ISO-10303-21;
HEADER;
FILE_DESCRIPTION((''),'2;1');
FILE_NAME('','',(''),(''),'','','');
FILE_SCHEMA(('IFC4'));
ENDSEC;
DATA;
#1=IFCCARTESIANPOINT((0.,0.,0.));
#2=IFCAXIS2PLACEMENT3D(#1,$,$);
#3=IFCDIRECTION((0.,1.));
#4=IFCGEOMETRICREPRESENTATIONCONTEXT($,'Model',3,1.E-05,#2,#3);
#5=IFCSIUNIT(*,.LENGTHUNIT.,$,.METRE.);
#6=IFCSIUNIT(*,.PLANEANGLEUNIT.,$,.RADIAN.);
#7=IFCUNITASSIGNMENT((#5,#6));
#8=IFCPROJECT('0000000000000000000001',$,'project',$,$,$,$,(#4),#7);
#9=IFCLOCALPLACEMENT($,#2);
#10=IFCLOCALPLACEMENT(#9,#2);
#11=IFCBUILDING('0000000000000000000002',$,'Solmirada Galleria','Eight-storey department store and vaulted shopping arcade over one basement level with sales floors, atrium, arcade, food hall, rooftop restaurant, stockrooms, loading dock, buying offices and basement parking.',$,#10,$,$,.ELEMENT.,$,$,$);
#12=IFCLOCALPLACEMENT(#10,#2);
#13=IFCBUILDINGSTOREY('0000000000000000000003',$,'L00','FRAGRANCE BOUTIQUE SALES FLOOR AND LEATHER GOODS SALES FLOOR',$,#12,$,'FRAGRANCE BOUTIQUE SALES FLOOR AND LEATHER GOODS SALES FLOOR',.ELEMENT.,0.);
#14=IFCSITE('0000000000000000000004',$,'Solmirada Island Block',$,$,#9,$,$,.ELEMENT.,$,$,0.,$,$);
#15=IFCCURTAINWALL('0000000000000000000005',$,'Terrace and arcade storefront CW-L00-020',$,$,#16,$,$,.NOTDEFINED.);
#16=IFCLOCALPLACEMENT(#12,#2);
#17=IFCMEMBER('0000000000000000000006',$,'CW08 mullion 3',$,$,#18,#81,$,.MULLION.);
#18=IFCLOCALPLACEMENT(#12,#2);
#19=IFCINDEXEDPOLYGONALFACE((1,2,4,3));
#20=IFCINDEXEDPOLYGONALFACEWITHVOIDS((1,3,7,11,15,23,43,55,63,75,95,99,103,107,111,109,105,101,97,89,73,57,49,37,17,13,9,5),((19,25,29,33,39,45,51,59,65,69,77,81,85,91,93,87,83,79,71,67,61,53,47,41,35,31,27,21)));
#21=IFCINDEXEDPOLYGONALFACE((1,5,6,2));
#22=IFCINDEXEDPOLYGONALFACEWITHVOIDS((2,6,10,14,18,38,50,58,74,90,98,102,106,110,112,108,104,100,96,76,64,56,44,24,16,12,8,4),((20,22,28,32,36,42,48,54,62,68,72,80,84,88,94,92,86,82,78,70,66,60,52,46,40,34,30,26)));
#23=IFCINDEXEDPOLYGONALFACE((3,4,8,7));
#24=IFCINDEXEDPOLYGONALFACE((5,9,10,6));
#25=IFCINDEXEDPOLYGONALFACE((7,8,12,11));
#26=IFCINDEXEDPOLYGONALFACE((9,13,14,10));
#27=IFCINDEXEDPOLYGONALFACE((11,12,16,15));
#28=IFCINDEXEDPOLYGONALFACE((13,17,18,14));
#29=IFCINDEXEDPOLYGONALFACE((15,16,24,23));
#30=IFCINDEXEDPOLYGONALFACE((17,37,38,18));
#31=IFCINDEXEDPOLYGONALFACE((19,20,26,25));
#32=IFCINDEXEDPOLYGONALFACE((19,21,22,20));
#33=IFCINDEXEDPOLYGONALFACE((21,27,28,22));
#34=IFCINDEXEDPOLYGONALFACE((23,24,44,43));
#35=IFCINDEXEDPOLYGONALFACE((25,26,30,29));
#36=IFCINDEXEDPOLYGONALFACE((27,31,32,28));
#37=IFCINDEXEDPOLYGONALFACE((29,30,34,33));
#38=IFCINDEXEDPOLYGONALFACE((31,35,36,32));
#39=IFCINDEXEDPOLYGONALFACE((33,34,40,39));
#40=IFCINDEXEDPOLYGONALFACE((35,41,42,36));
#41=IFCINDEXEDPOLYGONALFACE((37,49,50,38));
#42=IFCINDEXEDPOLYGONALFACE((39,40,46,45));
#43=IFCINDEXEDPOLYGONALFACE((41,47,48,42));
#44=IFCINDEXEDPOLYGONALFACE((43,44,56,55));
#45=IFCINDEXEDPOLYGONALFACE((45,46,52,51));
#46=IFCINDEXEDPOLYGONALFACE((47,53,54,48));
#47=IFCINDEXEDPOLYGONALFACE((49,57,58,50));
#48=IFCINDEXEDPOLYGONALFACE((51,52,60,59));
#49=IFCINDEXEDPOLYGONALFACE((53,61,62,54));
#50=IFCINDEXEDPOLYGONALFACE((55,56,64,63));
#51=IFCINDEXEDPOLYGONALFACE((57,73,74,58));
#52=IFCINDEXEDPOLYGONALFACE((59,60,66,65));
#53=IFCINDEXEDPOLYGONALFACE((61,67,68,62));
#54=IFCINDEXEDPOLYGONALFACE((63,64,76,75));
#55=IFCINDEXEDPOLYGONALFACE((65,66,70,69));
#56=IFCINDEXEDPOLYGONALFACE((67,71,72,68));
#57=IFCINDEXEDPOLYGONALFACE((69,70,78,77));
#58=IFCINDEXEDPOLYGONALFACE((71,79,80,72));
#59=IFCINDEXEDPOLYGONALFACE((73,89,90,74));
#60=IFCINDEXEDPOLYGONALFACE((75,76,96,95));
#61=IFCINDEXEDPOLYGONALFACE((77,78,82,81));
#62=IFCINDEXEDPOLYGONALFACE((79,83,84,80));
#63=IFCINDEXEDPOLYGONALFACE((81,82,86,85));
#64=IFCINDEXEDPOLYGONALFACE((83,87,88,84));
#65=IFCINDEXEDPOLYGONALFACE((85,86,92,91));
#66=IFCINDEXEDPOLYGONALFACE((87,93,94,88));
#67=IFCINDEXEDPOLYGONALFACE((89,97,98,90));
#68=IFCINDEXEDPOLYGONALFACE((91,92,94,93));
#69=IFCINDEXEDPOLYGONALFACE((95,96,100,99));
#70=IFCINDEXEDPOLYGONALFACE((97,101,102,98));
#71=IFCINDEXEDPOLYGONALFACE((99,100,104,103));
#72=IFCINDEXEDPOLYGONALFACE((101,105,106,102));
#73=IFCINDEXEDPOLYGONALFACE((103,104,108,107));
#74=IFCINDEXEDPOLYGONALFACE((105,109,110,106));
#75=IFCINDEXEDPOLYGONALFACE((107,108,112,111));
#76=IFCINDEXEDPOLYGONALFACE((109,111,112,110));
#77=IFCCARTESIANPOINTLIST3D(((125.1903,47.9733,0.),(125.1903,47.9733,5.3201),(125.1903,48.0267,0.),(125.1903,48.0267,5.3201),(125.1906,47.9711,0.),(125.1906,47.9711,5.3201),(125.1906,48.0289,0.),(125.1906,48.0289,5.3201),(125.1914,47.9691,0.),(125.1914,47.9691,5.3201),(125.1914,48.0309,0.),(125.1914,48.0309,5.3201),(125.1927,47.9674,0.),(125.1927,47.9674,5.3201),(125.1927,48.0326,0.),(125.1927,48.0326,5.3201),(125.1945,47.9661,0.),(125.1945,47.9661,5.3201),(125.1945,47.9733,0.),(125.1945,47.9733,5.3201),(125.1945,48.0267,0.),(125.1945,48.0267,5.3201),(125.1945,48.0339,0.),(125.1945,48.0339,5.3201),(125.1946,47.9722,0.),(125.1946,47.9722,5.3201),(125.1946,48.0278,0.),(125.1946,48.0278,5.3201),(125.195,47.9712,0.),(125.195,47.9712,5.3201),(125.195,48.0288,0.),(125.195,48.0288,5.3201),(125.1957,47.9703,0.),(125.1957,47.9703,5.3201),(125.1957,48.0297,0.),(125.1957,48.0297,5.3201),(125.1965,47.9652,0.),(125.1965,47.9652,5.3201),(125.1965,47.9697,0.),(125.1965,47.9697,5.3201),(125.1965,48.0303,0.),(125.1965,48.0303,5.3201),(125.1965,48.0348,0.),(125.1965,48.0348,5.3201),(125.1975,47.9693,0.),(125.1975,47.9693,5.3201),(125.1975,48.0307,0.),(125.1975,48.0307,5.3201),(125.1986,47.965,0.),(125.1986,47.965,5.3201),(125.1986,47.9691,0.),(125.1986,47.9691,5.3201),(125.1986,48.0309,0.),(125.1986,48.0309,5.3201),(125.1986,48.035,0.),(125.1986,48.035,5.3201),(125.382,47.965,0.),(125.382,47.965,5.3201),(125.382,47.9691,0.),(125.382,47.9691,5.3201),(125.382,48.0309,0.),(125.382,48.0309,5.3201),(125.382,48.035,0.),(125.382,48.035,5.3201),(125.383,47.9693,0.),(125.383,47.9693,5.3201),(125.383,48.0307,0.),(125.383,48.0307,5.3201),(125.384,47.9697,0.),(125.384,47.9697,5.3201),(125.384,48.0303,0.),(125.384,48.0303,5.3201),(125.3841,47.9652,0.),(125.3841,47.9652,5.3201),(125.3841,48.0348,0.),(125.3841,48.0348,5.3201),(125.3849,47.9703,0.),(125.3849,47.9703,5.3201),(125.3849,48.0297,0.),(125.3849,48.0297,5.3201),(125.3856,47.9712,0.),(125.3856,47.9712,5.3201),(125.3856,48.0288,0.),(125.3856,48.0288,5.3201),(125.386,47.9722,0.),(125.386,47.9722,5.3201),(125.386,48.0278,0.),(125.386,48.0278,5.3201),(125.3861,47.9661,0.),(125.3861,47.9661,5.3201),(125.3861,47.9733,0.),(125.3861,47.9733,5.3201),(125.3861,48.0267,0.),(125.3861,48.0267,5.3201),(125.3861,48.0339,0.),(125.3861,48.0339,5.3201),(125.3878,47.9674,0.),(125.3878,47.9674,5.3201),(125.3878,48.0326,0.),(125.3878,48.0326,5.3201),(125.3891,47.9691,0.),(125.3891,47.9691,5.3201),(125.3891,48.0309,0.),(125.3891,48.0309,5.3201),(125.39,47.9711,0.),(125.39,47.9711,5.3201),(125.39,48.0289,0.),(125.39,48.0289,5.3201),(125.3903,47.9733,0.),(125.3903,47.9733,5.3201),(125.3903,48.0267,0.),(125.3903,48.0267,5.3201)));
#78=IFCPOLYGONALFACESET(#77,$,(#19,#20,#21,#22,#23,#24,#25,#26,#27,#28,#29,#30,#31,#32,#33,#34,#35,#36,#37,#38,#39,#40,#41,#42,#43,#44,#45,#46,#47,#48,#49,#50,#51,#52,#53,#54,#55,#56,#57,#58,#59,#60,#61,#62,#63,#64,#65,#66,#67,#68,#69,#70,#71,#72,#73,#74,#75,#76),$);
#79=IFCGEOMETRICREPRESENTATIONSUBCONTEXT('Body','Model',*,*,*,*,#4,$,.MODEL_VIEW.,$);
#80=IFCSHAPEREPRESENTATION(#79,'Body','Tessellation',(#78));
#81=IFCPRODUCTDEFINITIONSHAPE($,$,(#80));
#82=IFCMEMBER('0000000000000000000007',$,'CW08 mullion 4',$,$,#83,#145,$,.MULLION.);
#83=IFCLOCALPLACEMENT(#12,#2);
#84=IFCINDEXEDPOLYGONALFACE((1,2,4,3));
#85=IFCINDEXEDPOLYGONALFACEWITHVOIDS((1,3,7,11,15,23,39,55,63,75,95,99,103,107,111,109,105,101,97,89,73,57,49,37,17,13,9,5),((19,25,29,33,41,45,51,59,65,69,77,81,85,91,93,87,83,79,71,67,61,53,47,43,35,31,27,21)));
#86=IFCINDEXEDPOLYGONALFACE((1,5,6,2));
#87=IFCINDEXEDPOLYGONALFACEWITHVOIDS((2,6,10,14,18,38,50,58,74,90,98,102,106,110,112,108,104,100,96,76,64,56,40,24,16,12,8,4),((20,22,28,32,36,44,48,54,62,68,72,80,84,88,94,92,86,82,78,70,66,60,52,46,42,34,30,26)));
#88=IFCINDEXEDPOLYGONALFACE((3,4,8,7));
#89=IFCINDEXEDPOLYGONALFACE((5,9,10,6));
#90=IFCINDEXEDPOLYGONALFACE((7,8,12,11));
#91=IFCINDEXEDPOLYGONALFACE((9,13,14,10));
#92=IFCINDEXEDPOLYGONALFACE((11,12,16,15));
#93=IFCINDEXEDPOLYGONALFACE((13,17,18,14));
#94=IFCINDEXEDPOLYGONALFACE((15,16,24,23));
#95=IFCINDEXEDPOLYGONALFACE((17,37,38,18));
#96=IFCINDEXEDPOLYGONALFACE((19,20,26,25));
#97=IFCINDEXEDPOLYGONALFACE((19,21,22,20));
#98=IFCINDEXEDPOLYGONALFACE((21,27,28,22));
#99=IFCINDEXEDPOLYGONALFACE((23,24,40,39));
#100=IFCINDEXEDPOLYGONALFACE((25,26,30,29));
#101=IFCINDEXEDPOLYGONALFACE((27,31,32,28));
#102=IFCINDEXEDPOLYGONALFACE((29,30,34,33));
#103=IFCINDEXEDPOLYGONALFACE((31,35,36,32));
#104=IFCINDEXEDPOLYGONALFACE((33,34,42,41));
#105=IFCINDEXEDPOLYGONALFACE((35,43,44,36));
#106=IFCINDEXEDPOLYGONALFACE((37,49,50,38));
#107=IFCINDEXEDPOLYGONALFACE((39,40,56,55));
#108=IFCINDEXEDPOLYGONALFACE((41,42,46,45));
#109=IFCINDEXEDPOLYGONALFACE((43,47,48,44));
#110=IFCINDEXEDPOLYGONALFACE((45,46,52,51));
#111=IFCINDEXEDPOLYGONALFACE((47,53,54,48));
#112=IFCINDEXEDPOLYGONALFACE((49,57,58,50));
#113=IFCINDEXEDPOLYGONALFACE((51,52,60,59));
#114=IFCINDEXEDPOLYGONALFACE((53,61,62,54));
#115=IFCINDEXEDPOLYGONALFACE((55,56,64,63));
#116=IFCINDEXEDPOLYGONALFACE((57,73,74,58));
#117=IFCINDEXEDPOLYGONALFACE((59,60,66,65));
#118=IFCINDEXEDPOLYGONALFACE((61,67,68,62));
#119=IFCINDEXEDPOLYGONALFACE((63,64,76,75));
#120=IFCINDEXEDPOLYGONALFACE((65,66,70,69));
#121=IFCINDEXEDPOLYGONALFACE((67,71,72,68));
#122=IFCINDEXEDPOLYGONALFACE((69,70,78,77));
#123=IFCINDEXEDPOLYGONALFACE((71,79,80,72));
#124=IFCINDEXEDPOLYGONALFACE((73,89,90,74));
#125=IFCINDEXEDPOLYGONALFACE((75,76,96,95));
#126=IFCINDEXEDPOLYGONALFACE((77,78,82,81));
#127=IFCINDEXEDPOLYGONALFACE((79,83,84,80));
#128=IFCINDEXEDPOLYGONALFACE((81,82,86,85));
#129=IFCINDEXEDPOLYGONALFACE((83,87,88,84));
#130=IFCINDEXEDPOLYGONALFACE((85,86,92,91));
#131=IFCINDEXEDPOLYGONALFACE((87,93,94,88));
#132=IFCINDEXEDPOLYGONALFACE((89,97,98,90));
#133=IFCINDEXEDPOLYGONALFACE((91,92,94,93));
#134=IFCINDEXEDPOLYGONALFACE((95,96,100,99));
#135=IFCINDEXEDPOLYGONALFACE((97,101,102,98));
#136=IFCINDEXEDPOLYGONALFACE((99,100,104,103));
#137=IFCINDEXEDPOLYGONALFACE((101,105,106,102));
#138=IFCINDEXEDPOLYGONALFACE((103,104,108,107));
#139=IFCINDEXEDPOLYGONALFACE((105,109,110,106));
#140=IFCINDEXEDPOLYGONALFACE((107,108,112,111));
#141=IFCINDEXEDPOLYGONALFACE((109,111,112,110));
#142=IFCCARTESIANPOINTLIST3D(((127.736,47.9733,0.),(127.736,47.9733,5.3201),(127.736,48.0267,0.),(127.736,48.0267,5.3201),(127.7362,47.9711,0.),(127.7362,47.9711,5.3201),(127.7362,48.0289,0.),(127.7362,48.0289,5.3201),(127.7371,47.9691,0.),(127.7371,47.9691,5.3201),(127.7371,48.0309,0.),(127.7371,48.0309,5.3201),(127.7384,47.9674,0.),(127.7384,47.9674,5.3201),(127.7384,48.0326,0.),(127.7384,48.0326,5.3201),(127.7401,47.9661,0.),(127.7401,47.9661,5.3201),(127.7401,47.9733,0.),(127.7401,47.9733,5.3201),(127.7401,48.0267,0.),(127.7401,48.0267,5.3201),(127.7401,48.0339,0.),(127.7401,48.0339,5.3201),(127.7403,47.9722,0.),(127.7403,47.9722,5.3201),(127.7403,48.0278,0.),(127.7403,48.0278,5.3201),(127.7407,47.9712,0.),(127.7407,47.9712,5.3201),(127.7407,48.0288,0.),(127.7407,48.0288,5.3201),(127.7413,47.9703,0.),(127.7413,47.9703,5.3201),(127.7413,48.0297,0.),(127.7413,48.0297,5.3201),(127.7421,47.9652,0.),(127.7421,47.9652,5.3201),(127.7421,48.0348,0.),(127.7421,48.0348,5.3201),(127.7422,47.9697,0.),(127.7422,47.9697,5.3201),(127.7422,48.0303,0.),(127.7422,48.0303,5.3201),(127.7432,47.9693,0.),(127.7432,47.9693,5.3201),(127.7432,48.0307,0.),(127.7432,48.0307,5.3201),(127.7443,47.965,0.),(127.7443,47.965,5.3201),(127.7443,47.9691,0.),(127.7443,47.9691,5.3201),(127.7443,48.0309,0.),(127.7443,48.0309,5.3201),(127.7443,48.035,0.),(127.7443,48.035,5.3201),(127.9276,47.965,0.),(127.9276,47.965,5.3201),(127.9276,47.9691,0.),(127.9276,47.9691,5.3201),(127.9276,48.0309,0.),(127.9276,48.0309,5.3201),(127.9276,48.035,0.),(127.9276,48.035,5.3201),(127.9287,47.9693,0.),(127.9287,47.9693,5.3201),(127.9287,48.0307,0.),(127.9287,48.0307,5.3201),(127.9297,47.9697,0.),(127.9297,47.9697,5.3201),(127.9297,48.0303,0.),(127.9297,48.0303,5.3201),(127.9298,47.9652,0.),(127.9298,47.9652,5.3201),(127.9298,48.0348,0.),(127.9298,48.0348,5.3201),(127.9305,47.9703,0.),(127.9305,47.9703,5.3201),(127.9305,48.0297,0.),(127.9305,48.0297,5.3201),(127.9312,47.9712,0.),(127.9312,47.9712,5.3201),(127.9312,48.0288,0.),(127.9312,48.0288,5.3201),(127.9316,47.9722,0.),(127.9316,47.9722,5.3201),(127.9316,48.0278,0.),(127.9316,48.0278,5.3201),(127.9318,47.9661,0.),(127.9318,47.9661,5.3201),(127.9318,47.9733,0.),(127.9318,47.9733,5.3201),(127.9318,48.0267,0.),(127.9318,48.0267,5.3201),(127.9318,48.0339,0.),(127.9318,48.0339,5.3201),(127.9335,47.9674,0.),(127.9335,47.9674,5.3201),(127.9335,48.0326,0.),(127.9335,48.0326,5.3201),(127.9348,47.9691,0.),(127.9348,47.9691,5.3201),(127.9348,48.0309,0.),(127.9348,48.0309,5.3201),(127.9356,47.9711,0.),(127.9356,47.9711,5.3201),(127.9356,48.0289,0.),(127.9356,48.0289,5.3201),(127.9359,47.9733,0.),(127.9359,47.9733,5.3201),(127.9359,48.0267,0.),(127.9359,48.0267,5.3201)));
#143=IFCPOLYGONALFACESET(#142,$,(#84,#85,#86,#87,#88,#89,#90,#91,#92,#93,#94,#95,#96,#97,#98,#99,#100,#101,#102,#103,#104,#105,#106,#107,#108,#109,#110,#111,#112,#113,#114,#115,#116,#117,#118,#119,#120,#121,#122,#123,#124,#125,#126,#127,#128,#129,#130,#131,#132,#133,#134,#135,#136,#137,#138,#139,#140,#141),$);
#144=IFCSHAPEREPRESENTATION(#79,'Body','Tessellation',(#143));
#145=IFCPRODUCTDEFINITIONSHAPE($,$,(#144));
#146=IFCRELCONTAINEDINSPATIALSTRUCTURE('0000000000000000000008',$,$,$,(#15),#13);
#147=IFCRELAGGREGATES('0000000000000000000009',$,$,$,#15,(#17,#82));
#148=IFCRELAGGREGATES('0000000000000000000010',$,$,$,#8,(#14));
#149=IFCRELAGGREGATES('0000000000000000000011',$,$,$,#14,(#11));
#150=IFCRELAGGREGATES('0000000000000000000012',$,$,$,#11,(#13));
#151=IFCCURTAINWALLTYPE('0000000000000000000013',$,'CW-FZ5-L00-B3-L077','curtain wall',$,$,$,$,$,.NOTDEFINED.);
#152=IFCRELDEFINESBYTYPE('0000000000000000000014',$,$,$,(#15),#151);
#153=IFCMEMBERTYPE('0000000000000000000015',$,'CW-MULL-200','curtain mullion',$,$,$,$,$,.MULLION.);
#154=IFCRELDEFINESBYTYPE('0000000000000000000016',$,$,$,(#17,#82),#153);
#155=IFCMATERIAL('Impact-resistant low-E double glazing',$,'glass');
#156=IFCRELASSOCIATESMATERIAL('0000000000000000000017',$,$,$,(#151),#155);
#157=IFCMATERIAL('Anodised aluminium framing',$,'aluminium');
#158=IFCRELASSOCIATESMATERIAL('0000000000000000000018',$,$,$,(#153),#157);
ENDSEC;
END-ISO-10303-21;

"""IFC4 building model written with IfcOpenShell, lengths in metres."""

from ifc_helpers import new_model, si_unit, direction, frame, origin, origin_2d, place, context, subcontext, project, spatial, hollow_rectangle, extrude, material, material_profile, profile_set, type_object, element, aggregate, save


model = new_model("IFC4")

# Units and contexts
model_context = context("Model", 3, precision=1e-05, world=origin(), true_north=direction((0.0, 1.0)))
body_context = subcontext(model_context, "Body", "Model", "MODEL_VIEW")
ifc_project = project(units=[si_unit("LENGTHUNIT", "METRE"), si_unit("PLANEANGLEUNIT", "RADIAN")], contexts=[model_context])

# Site, building, storey
site_placement = place(None, origin())
site = spatial("IfcSite", under=ifc_project, at=site_placement, Name="Solmirada Island Block", CompositionType="ELEMENT", RefElevation=0.0)
building_placement = place(site_placement, origin())
building = spatial("IfcBuilding", under=site, at=building_placement, Name="Solmirada Galleria", Description="Eight-storey department store and vaulted shopping arcade over one basement level with sales floors, atrium, arcade, food hall, rooftop restaurant, stockrooms, loading dock, buying offices and basement parking.", CompositionType="ELEMENT")
storey_placement = place(building_placement, origin())
storey = spatial("IfcBuildingStorey", under=building, at=storey_placement, Name="L00", Description="FRAGRANCE BOUTIQUE SALES FLOOR AND LEATHER GOODS SALES FLOOR", LongName="FRAGRANCE BOUTIQUE SALES FLOOR AND LEATHER GOODS SALES FLOOR", CompositionType="ELEMENT", Elevation=0.0)

# Curtain wall, members
ifc_material_1 = material(Name="Impact-resistant low-E double glazing", Category="glass")
curtain_wall_type = type_object("IfcCurtainWallType", Name="CW-FZ5-L00-B3-L077", Description="curtain wall", PredefinedType="NOTDEFINED", material=ifc_material_1)
curtain_wall_1_placement = place(storey_placement, origin())
curtain_wall_1 = element("IfcCurtainWall", 1, at=curtain_wall_1_placement, inside=storey, type_object=curtain_wall_type, Name="Terrace and arcade storefront CW-L00-020", PredefinedType="NOTDEFINED")
ifc_material_2 = material(Name="Anodised aluminium framing", Category="aluminium")
ifc_material_profile_1 = material_profile(ifc_material_2, hollow_rectangle(XDim=0.0701, YDim=0.2, WallThickness=0.0042, InnerFilletRadius=0.0042, OuterFilletRadius=0.0083, at=origin_2d()), Name="ALU-MULL-200X70")
ifc_profile_set_1 = profile_set([ifc_material_profile_1], Name="Anodised aluminium framing")
member_type_1 = type_object("IfcMemberType", Name="CW-MULL-200", Description="curtain mullion", PredefinedType="MULLION", material=ifc_profile_set_1)
member_1_placement = place(storey_placement, frame((125.2903, 48.0, 0.0), z_axis=(0.0, 0.0, 1.0), x_axis=(0.0, 1.0, 0.0)))
member_1 = element("IfcMember", 2, at=member_1_placement, type_object=member_type_1, Name="CW08 mullion 3", PredefinedType="MULLION", context=body_context, shape_type="SweptSolid", body=[
    extrude(hollow_rectangle(XDim=0.0701, YDim=0.2, WallThickness=0.0042, InnerFilletRadius=0.0042, OuterFilletRadius=0.0083, at=origin_2d()), origin(), (0.0, 0.0, 1.0), 5.3201),
])
member_2_placement = place(storey_placement, frame((127.8359, 48.0, 0.0), z_axis=(0.0, 0.0, 1.0), x_axis=(0.0, 1.0, 0.0)))
member_2 = element("IfcMember", 3, at=member_2_placement, type_object=member_type_1, Name="CW08 mullion 4", PredefinedType="MULLION", context=body_context, shape_type="SweptSolid", body=[
    extrude(hollow_rectangle(XDim=0.0701, YDim=0.2, WallThickness=0.0042, InnerFilletRadius=0.0042, OuterFilletRadius=0.0083, at=origin_2d()), origin(), (0.0, 0.0, 1.0), 5.3201),
])

aggregate(curtain_wall_1, [member_1, member_2])

save(model, "model.ifc")
